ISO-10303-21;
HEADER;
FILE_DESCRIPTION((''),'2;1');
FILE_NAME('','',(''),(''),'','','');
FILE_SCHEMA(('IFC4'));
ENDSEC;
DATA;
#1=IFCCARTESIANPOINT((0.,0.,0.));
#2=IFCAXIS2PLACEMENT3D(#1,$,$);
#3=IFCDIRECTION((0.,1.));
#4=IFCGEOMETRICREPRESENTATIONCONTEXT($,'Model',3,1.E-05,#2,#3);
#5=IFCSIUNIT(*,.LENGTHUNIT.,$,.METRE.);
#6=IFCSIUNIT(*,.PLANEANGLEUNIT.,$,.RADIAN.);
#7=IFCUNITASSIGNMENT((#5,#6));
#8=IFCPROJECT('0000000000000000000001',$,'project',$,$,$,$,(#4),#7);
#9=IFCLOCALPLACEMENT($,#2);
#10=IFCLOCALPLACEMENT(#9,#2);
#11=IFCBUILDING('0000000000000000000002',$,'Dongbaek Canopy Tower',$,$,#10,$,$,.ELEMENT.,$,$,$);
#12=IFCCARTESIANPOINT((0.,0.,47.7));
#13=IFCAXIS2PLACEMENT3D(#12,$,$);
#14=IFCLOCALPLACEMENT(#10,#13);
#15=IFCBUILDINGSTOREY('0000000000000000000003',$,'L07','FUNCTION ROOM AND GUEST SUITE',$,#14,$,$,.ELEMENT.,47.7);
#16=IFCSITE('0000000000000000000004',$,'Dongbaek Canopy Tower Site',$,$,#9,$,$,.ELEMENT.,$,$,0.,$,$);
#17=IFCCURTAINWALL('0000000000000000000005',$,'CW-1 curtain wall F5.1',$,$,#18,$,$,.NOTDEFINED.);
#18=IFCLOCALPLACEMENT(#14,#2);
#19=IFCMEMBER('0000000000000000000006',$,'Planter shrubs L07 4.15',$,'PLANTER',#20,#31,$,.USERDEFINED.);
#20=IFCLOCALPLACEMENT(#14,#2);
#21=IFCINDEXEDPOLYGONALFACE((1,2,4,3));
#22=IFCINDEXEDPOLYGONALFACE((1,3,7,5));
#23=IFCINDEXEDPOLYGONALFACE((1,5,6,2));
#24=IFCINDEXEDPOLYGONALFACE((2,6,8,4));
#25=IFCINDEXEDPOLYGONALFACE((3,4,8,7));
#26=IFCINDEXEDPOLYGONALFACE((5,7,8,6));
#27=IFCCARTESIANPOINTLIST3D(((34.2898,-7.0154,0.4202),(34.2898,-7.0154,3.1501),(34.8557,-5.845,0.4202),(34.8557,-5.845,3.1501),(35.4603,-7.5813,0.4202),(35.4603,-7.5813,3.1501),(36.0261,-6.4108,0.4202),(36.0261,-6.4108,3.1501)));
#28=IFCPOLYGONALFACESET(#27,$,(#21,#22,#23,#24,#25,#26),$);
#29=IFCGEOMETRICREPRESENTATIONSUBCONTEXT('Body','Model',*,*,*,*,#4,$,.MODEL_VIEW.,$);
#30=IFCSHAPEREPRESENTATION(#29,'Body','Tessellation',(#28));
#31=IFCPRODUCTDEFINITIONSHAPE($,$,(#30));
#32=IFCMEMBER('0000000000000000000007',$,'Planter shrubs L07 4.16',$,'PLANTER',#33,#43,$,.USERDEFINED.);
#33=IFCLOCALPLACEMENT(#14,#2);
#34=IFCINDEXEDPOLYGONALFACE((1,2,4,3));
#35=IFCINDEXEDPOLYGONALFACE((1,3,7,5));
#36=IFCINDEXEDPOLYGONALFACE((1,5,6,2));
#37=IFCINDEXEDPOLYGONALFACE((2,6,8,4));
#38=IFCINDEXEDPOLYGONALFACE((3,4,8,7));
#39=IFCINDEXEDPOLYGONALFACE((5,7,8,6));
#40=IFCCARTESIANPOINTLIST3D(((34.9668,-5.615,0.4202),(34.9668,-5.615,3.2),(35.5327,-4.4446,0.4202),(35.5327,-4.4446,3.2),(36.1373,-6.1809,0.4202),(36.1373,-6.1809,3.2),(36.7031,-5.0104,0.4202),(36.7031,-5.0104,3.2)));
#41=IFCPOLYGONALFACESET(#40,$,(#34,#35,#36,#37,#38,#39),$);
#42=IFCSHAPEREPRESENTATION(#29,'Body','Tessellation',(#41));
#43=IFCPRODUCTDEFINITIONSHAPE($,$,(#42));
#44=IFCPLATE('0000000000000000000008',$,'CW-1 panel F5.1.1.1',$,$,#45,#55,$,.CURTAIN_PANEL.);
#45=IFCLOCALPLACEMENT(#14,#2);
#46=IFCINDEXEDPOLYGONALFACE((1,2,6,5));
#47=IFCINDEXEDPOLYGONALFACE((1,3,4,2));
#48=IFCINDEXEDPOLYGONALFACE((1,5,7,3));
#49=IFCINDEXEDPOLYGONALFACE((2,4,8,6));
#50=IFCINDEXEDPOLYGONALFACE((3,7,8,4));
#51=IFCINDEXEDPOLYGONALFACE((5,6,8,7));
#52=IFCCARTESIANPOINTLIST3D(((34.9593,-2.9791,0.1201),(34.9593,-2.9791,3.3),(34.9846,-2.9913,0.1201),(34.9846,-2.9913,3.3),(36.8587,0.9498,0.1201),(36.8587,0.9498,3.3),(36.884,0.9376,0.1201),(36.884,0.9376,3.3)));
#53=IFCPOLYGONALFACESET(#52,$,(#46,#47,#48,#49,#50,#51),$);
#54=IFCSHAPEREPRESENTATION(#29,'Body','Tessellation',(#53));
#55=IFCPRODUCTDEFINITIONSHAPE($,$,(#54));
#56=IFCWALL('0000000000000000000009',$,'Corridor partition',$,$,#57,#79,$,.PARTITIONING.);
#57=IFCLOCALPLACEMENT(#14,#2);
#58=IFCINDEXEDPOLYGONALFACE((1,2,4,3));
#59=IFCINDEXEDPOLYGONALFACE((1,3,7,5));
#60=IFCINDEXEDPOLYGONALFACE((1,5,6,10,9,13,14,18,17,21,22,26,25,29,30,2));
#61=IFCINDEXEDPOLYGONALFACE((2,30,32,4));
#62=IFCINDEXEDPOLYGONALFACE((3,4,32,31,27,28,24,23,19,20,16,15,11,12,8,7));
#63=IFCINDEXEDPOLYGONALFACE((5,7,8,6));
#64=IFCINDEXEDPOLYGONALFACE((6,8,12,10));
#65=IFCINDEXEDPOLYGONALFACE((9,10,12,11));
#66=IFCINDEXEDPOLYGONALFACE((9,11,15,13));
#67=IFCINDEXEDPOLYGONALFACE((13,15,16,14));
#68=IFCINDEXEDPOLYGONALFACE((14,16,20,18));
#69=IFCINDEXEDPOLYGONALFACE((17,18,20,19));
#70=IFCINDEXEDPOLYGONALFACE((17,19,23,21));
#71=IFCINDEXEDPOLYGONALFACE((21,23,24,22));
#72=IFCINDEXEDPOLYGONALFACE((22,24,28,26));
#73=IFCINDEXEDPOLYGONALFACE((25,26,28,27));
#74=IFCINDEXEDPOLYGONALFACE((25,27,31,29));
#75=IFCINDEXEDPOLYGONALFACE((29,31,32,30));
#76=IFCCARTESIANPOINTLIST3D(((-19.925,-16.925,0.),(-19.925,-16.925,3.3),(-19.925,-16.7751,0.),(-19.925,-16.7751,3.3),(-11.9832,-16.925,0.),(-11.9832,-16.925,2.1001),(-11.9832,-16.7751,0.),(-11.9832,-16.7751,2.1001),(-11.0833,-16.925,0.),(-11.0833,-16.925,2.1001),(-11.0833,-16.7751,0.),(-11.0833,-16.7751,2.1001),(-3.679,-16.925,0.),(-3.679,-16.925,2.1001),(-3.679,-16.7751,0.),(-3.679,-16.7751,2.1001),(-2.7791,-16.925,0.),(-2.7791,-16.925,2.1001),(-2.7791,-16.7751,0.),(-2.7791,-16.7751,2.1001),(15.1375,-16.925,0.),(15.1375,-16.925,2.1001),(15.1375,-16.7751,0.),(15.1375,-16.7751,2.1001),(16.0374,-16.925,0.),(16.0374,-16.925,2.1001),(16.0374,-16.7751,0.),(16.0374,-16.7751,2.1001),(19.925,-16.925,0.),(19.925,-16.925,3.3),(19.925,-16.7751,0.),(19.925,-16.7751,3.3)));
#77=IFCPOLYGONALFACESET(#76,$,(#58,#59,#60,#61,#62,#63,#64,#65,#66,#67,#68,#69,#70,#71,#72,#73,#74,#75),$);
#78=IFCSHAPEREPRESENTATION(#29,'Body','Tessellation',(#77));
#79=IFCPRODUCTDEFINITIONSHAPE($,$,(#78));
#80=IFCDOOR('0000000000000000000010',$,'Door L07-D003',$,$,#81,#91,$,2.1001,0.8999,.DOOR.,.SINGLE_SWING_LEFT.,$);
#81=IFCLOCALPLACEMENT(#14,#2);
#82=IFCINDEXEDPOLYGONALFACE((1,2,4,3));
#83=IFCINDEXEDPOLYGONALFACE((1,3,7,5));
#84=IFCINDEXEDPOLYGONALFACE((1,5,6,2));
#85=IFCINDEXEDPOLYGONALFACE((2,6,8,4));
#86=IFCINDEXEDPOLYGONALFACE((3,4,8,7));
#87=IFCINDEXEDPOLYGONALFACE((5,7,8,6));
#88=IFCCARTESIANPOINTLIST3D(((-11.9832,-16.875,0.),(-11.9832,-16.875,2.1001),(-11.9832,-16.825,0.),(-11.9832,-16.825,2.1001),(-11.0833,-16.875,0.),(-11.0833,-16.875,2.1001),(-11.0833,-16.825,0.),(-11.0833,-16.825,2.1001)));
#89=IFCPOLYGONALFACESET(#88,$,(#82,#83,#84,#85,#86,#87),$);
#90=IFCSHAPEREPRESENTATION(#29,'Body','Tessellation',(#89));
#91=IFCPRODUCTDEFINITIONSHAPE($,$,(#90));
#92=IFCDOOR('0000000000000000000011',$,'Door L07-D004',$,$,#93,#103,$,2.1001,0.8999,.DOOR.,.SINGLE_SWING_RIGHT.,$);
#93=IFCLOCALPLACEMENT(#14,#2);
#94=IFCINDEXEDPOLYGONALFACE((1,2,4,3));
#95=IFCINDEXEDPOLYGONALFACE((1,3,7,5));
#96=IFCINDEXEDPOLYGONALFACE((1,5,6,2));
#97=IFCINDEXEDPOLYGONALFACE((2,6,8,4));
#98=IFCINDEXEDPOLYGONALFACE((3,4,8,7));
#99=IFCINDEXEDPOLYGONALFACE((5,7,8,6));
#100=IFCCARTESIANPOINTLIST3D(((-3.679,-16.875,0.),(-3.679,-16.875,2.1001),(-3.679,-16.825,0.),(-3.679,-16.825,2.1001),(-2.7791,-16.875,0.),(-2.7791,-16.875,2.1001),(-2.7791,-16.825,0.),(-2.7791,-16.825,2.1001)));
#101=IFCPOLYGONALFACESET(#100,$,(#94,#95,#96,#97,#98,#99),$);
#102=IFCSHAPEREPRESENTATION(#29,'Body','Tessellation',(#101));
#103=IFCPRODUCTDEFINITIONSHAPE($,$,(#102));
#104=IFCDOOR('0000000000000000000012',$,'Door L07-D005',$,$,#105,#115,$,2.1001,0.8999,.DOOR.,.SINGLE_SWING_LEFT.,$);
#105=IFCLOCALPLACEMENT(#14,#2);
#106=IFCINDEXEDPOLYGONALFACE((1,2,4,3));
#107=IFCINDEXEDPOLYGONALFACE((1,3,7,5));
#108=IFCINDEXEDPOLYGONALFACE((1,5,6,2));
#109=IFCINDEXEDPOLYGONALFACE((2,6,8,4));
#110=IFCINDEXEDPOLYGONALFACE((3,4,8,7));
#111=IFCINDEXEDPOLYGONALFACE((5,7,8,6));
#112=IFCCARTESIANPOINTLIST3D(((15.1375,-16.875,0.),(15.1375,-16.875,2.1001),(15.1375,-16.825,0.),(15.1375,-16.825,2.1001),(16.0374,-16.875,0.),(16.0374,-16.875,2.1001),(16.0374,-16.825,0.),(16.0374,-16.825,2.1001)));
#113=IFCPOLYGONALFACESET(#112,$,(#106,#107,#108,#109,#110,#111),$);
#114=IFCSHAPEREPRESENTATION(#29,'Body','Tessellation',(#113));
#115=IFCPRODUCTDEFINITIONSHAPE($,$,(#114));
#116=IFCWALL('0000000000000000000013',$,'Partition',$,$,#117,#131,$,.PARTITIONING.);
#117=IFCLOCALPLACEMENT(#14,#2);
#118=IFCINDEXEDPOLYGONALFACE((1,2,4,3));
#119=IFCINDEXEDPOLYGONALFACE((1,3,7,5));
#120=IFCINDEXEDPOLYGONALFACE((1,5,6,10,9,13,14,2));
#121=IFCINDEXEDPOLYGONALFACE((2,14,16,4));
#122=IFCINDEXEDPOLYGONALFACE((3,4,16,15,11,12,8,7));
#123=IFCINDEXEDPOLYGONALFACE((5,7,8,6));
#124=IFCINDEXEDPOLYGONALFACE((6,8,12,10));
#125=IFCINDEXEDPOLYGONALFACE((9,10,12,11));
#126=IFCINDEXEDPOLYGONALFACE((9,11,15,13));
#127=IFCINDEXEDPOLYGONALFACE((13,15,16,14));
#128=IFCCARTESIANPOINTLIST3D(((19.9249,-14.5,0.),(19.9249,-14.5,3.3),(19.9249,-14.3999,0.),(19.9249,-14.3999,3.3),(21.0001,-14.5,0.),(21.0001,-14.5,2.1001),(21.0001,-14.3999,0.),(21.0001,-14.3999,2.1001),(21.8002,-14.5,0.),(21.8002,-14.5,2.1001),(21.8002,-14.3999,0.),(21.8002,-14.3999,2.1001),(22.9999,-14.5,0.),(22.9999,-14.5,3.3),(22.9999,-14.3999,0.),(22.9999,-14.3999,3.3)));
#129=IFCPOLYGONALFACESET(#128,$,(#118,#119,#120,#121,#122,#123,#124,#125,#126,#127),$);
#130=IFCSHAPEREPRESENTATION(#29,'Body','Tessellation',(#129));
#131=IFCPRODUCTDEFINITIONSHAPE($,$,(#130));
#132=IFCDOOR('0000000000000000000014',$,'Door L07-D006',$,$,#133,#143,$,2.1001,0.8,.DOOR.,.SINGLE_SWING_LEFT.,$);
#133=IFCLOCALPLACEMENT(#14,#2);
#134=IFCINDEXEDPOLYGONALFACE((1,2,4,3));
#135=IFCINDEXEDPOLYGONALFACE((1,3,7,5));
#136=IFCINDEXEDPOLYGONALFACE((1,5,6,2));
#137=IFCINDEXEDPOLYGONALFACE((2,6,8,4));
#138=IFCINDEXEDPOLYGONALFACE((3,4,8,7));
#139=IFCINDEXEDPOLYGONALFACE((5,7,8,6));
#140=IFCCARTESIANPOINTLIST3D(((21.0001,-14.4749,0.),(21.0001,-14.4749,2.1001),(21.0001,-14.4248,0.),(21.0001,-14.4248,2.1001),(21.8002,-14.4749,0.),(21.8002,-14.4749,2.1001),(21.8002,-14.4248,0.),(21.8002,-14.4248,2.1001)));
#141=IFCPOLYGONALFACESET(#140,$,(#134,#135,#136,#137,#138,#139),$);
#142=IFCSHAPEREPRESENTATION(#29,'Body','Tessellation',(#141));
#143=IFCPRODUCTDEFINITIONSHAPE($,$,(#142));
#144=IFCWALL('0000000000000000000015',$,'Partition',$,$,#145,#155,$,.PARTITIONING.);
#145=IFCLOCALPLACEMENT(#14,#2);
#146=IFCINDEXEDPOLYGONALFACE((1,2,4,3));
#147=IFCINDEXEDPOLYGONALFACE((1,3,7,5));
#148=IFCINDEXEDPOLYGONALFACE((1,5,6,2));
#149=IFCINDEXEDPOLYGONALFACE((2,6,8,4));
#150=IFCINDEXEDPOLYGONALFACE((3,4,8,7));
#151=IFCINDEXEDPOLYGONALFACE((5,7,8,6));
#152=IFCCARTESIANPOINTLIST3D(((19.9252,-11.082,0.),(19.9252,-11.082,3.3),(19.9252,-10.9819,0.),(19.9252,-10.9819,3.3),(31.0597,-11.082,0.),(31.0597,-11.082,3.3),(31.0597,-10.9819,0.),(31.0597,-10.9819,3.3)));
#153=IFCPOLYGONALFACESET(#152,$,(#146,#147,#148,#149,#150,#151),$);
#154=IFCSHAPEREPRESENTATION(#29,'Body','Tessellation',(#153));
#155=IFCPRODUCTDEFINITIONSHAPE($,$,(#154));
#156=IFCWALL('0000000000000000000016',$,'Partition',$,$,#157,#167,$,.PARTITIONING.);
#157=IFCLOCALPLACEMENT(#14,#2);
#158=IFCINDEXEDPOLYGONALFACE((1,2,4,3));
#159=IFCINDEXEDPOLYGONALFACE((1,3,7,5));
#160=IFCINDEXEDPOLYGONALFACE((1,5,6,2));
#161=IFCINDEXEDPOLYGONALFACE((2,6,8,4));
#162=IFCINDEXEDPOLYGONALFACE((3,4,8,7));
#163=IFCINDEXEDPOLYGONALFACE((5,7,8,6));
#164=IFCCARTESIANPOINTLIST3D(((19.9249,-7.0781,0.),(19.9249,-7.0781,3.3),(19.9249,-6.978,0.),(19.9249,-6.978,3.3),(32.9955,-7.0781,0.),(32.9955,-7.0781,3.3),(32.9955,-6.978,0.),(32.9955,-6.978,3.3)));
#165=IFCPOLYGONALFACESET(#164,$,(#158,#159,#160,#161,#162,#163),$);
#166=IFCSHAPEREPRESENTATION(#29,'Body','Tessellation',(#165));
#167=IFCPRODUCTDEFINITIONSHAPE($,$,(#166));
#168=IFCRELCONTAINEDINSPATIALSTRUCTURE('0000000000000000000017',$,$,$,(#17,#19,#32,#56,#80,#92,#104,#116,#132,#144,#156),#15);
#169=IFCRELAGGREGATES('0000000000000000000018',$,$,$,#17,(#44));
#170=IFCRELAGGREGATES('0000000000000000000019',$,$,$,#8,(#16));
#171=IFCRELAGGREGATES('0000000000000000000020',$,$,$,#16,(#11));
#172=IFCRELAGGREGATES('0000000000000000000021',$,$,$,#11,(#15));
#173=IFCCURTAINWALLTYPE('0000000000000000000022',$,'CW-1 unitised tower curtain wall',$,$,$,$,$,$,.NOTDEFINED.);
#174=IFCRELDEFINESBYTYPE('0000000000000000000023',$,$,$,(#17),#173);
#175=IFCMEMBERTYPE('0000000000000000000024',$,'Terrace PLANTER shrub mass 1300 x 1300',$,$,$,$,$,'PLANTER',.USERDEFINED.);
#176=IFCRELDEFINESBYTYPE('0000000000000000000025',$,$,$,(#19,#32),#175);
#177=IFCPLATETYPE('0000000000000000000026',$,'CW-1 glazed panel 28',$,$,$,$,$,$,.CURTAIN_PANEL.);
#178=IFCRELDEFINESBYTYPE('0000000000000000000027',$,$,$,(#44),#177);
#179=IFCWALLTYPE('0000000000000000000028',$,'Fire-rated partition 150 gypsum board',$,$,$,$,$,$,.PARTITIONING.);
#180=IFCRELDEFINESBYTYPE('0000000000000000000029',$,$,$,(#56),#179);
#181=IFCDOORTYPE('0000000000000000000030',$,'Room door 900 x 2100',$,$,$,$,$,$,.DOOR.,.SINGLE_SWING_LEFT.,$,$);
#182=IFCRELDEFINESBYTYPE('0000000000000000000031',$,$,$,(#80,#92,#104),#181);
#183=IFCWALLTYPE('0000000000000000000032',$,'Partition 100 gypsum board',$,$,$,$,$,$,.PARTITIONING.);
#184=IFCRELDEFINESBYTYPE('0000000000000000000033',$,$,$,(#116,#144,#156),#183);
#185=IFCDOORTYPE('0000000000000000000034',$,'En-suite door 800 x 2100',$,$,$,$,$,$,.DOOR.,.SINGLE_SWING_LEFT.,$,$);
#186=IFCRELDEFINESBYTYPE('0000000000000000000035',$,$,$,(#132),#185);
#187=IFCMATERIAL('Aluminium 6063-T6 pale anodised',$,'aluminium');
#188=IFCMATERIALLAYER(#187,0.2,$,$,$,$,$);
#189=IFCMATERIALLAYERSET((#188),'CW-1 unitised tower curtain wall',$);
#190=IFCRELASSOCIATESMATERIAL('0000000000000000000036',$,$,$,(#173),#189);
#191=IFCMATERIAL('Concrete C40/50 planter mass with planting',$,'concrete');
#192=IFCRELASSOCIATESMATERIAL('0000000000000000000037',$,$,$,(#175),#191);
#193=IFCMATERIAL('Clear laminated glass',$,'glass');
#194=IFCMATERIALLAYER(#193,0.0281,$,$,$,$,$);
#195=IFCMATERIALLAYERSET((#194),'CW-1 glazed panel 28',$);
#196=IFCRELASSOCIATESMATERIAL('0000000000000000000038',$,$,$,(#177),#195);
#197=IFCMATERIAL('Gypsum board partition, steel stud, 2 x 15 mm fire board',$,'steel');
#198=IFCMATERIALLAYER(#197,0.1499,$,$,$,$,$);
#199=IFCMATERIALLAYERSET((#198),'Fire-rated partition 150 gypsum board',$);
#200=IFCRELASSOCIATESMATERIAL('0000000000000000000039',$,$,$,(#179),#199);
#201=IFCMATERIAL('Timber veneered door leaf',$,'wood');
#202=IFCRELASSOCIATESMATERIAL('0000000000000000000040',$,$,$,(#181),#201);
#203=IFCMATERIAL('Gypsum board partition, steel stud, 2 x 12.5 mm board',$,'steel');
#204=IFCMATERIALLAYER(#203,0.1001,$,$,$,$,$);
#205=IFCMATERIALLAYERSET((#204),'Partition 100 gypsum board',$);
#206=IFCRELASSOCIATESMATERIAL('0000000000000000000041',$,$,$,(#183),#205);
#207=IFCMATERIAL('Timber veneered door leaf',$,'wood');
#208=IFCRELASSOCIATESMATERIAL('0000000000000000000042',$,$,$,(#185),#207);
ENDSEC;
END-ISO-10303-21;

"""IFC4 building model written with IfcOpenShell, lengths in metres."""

from ifc_helpers import new_model, si_unit, direction, frame, frame_2d, origin, origin_2d, place, context, subcontext, project, spatial, rectangle, extrude, material, layer, layer_set, material_profile, profile_set, type_object, element, fill, aggregate, save


model = new_model("IFC4")

# Units and contexts
model_context = context("Model", 3, precision=1e-05, world=origin(), true_north=direction((0.0, 1.0)))
body_context = subcontext(model_context, "Body", "Model", "MODEL_VIEW")
ifc_project = project(units=[si_unit("LENGTHUNIT", "METRE"), si_unit("PLANEANGLEUNIT", "RADIAN")], contexts=[model_context])

# Site, building, storey
site_placement = place(None, origin())
site = spatial("IfcSite", under=ifc_project, at=site_placement, Name="Dongbaek Canopy Tower Site", CompositionType="ELEMENT", RefElevation=0.0)
building_placement = place(site_placement, origin())
building = spatial("IfcBuilding", under=site, at=building_placement, Name="Dongbaek Canopy Tower", CompositionType="ELEMENT")
storey_placement = place(building_placement, frame((0.0, 0.0, 47.7)))
storey = spatial("IfcBuildingStorey", under=building, at=storey_placement, Name="L07", Description="FUNCTION ROOM AND GUEST SUITE", CompositionType="ELEMENT", Elevation=47.7)

# Curtain wall
ifc_material_1 = material(Name="Aluminium 6063-T6 pale anodised", Category="aluminium")
ifc_layer_1 = layer(ifc_material_1, 0.2)
ifc_layer_set_1 = layer_set([ifc_layer_1], Name="CW-1 unitised tower curtain wall")
curtain_wall_type = type_object("IfcCurtainWallType", Name="CW-1 unitised tower curtain wall", PredefinedType="NOTDEFINED", material=ifc_layer_set_1)
curtain_wall_placement = place(storey_placement, origin())
curtain_wall = element("IfcCurtainWall", 1, at=curtain_wall_placement, inside=storey, type_object=curtain_wall_type, Name="CW-1 curtain wall F5.1", PredefinedType="NOTDEFINED")

# Members
ifc_material_2 = material(Name="Concrete C40/50 planter mass with planting", Category="concrete")
ifc_material_profile_1 = material_profile(ifc_material_2, rectangle(XDim=1.3, YDim=1.3, at=origin_2d()), Name="Terrace PLANTER shrub mass 1300 x 1300")
ifc_profile_set_1 = profile_set([ifc_material_profile_1], Name="Concrete C40/50 planter mass with planting")
member_type_1 = type_object("IfcMemberType", Name="Terrace PLANTER shrub mass 1300 x 1300", ElementType="PLANTER", PredefinedType="USERDEFINED", material=ifc_profile_set_1)
member_1_placement = place(storey_placement, frame((35.158, -6.7131, 0.4202), z_axis=(0.0, 0.0, 1.0), x_axis=(0.900312, -0.435245, 0.0)))
element("IfcMember", 2, at=member_1_placement, inside=storey, type_object=member_type_1, Name="Planter shrubs L07 4.15", ObjectType="PLANTER", PredefinedType="USERDEFINED", context=body_context, shape_type="SweptSolid", body=[
    extrude(rectangle(XDim=1.3, YDim=1.3, at=origin_2d()), origin(), (0.0, 0.0, 1.0), 2.73),
])
member_2_placement = place(storey_placement, frame((35.835, -5.3127, 0.4202), z_axis=(0.0, 0.0, 1.0), x_axis=(0.900312, -0.435245, 0.0)))
element("IfcMember", 3, at=member_2_placement, inside=storey, type_object=member_type_1, Name="Planter shrubs L07 4.16", ObjectType="PLANTER", PredefinedType="USERDEFINED", context=body_context, shape_type="SweptSolid", body=[
    extrude(rectangle(XDim=1.3, YDim=1.3, at=origin_2d()), origin(), (0.0, 0.0, 1.0), 2.7798),
])

# Plate
ifc_material_3 = material(Name="Clear laminated glass", Category="glass")
ifc_layer_2 = layer(ifc_material_3, 0.0281)
ifc_layer_set_2 = layer_set([ifc_layer_2], Name="CW-1 glazed panel 28")
plate_type = type_object("IfcPlateType", Name="CW-1 glazed panel 28", PredefinedType="CURTAIN_PANEL", material=ifc_layer_set_2)
plate_placement = place(storey_placement, frame((35.9216, -1.0208, 0.1201), z_axis=(0.0, 0.0, 1.0), x_axis=(0.435245, 0.900312, 0.0)))
plate = element("IfcPlate", 4, at=plate_placement, type_object=plate_type, Name="CW-1 panel F5.1.1.1", PredefinedType="CURTAIN_PANEL", context=body_context, shape_type="SweptSolid", body=[
    extrude(rectangle(XDim=4.364, YDim=0.0281, at=origin_2d()), origin(), (0.0, 0.0, 1.0), 3.1799),
])
aggregate(curtain_wall, [plate])

# Wall, openings, doors
ifc_material_4 = material(Name="Gypsum board partition, steel stud, 2 x 15 mm fire board", Category="steel")
ifc_layer_3 = layer(ifc_material_4, 0.1499)
ifc_layer_set_3 = layer_set([ifc_layer_3], Name="Fire-rated partition 150 gypsum board")
wall_type_1 = type_object("IfcWallType", Name="Fire-rated partition 150 gypsum board", PredefinedType="PARTITIONING", material=ifc_layer_set_3)
wall_1_placement = place(storey_placement, frame((19.925, -16.8501, 0.0), z_axis=(0.0, 0.0, 1.0), x_axis=(-1.0, 0.0, 0.0)))
wall_1 = element("IfcWall", 5, at=wall_1_placement, inside=storey, type_object=wall_type_1, Name="Corridor partition", PredefinedType="PARTITIONING", context=body_context, shape_type="SweptSolid", body=[
    extrude(rectangle(XDim=39.8501, YDim=0.1499, at=frame_2d((19.925, 0.0))), origin(), (0.0, 0.0, 1.0), 3.3),
])
opening_1_placement = place(wall_1_placement, frame((31.0083, 0.0, 0.0)))
opening_1 = element("IfcOpeningElement", 6, at=opening_1_placement, cuts=wall_1, PredefinedType="OPENING", context=body_context, shape_type="SweptSolid", body=[
    extrude(rectangle(XDim=0.8999, YDim=2.1001, at=frame_2d((0.45, 1.05))), frame((0.0, 0.085, 0.0), z_axis=(0.0, -1.0, 0.0), x_axis=(1.0, 0.0, 0.0)), (0.0, 0.0, 1.0), 0.1699),
])
opening_2_placement = place(wall_1_placement, frame((22.7041, 0.0, 0.0)))
opening_2 = element("IfcOpeningElement", 7, at=opening_2_placement, cuts=wall_1, PredefinedType="OPENING", context=body_context, shape_type="SweptSolid", body=[
    extrude(rectangle(XDim=0.8999, YDim=2.1001, at=frame_2d((0.45, 1.05))), frame((0.0, 0.085, 0.0), z_axis=(0.0, -1.0, 0.0), x_axis=(1.0, 0.0, 0.0)), (0.0, 0.0, 1.0), 0.1699),
])
opening_3_placement = place(wall_1_placement, frame((3.8877, 0.0, 0.0)))
opening_3 = element("IfcOpeningElement", 8, at=opening_3_placement, cuts=wall_1, PredefinedType="OPENING", context=body_context, shape_type="SweptSolid", body=[
    extrude(rectangle(XDim=0.8999, YDim=2.1001, at=frame_2d((0.45, 1.05))), frame((0.0, 0.085, 0.0), z_axis=(0.0, -1.0, 0.0), x_axis=(1.0, 0.0, 0.0)), (0.0, 0.0, 1.0), 0.1699),
])
ifc_material_5 = material(Name="Timber veneered door leaf", Category="wood")
door_type_1 = type_object("IfcDoorType", Name="Room door 900 x 2100", OperationType="SINGLE_SWING_LEFT", PredefinedType="DOOR", material=ifc_material_5)
door_1_placement = place(opening_1_placement, origin())
door_1 = element("IfcDoor", 9, at=door_1_placement, inside=storey, type_object=door_type_1, Name="Door L07-D003", OperationType="SINGLE_SWING_LEFT", OverallHeight=2.1001, OverallWidth=0.8999, PredefinedType="DOOR", context=body_context, shape_type="SweptSolid", body=[
    extrude(rectangle(XDim=0.8999, YDim=2.1001, at=frame_2d((0.45, 1.05))), frame((0.0, 0.0249, 0.0), z_axis=(0.0, -1.0, 0.0), x_axis=(1.0, 0.0, 0.0)), (0.0, 0.0, 1.0), 0.05),
])
fill(opening_1, door_1)
door_2_placement = place(opening_2_placement, origin())
door_2 = element("IfcDoor", 10, at=door_2_placement, inside=storey, type_object=door_type_1, Name="Door L07-D004", OperationType="SINGLE_SWING_RIGHT", OverallHeight=2.1001, OverallWidth=0.8999, PredefinedType="DOOR", context=body_context, shape_type="SweptSolid", body=[
    extrude(rectangle(XDim=0.8999, YDim=2.1001, at=frame_2d((0.45, 1.05))), frame((0.0, 0.0249, 0.0), z_axis=(0.0, -1.0, 0.0), x_axis=(1.0, 0.0, 0.0)), (0.0, 0.0, 1.0), 0.05),
])
fill(opening_2, door_2)
door_3_placement = place(opening_3_placement, origin())
door_3 = element("IfcDoor", 11, at=door_3_placement, inside=storey, type_object=door_type_1, Name="Door L07-D005", OperationType="SINGLE_SWING_LEFT", OverallHeight=2.1001, OverallWidth=0.8999, PredefinedType="DOOR", context=body_context, shape_type="SweptSolid", body=[
    extrude(rectangle(XDim=0.8999, YDim=2.1001, at=frame_2d((0.45, 1.05))), frame((0.0, 0.0249, 0.0), z_axis=(0.0, -1.0, 0.0), x_axis=(1.0, 0.0, 0.0)), (0.0, 0.0, 1.0), 0.05),
])
fill(opening_3, door_3)

# Wall, opening, door
ifc_material_6 = material(Name="Gypsum board partition, steel stud, 2 x 12.5 mm board", Category="steel")
ifc_layer_4 = layer(ifc_material_6, 0.1001)
ifc_layer_set_4 = layer_set([ifc_layer_4], Name="Partition 100 gypsum board")
wall_type_2 = type_object("IfcWallType", Name="Partition 100 gypsum board", PredefinedType="PARTITIONING", material=ifc_layer_set_4)
wall_2_placement = place(storey_placement, frame((23.0, -14.45, 0.0), z_axis=(0.0, 0.0, 1.0), x_axis=(-1.0, 0.0, 0.0)))
wall_2 = element("IfcWall", 12, at=wall_2_placement, inside=storey, type_object=wall_type_2, Name="Partition", PredefinedType="PARTITIONING", context=body_context, shape_type="SweptSolid", body=[
    extrude(rectangle(XDim=3.075, YDim=0.1001, at=frame_2d((1.5376, 0.0))), origin(), (0.0, 0.0, 1.0), 3.3),
])
opening_4_placement = place(wall_2_placement, frame((1.2, 0.0, 0.0)))
opening_4 = element("IfcOpeningElement", 13, at=opening_4_placement, cuts=wall_2, PredefinedType="OPENING", context=body_context, shape_type="SweptSolid", body=[
    extrude(rectangle(XDim=0.8, YDim=2.1001, at=frame_2d((0.3999, 1.05))), frame((0.0, 0.0601, 0.0), z_axis=(0.0, -1.0, 0.0), x_axis=(1.0, 0.0, 0.0)), (0.0, 0.0, 1.0), 0.1201),
])
ifc_material_7 = material(Name="Timber veneered door leaf", Category="wood")
door_type_2 = type_object("IfcDoorType", Name="En-suite door 800 x 2100", OperationType="SINGLE_SWING_LEFT", PredefinedType="DOOR", material=ifc_material_7)
door_4_placement = place(opening_4_placement, origin())
door_4 = element("IfcDoor", 14, at=door_4_placement, inside=storey, type_object=door_type_2, Name="Door L07-D006", OperationType="SINGLE_SWING_LEFT", OverallHeight=2.1001, OverallWidth=0.8, PredefinedType="DOOR", context=body_context, shape_type="SweptSolid", body=[
    extrude(rectangle(XDim=0.8, YDim=2.1001, at=frame_2d((0.3999, 1.05))), frame((0.0, 0.0249, 0.0), z_axis=(0.0, -1.0, 0.0), x_axis=(1.0, 0.0, 0.0)), (0.0, 0.0, 1.0), 0.05),
])
fill(opening_4, door_4)

# Walls
wall_3_placement = place(storey_placement, frame((19.925, -11.032, 0.0), z_axis=(0.0, 0.0, 1.0), x_axis=(1.0, 0.0, 0.0)))
element("IfcWall", 15, at=wall_3_placement, inside=storey, type_object=wall_type_2, Name="Partition", PredefinedType="PARTITIONING", context=body_context, shape_type="SweptSolid", body=[
    extrude(rectangle(XDim=11.1345, YDim=0.1001, at=frame_2d((5.5674, 0.0))), origin(), (0.0, 0.0, 1.0), 3.3),
])
wall_4_placement = place(storey_placement, frame((19.925, -7.0281, 0.0), z_axis=(0.0, 0.0, 1.0), x_axis=(1.0, 0.0, 0.0)))
element("IfcWall", 16, at=wall_4_placement, inside=storey, type_object=wall_type_2, Name="Partition", PredefinedType="PARTITIONING", context=body_context, shape_type="SweptSolid", body=[
    extrude(rectangle(XDim=13.0706, YDim=0.1001, at=frame_2d((6.5352, 0.0))), origin(), (0.0, 0.0, 1.0), 3.3),
])

save(model, "model.ifc")
